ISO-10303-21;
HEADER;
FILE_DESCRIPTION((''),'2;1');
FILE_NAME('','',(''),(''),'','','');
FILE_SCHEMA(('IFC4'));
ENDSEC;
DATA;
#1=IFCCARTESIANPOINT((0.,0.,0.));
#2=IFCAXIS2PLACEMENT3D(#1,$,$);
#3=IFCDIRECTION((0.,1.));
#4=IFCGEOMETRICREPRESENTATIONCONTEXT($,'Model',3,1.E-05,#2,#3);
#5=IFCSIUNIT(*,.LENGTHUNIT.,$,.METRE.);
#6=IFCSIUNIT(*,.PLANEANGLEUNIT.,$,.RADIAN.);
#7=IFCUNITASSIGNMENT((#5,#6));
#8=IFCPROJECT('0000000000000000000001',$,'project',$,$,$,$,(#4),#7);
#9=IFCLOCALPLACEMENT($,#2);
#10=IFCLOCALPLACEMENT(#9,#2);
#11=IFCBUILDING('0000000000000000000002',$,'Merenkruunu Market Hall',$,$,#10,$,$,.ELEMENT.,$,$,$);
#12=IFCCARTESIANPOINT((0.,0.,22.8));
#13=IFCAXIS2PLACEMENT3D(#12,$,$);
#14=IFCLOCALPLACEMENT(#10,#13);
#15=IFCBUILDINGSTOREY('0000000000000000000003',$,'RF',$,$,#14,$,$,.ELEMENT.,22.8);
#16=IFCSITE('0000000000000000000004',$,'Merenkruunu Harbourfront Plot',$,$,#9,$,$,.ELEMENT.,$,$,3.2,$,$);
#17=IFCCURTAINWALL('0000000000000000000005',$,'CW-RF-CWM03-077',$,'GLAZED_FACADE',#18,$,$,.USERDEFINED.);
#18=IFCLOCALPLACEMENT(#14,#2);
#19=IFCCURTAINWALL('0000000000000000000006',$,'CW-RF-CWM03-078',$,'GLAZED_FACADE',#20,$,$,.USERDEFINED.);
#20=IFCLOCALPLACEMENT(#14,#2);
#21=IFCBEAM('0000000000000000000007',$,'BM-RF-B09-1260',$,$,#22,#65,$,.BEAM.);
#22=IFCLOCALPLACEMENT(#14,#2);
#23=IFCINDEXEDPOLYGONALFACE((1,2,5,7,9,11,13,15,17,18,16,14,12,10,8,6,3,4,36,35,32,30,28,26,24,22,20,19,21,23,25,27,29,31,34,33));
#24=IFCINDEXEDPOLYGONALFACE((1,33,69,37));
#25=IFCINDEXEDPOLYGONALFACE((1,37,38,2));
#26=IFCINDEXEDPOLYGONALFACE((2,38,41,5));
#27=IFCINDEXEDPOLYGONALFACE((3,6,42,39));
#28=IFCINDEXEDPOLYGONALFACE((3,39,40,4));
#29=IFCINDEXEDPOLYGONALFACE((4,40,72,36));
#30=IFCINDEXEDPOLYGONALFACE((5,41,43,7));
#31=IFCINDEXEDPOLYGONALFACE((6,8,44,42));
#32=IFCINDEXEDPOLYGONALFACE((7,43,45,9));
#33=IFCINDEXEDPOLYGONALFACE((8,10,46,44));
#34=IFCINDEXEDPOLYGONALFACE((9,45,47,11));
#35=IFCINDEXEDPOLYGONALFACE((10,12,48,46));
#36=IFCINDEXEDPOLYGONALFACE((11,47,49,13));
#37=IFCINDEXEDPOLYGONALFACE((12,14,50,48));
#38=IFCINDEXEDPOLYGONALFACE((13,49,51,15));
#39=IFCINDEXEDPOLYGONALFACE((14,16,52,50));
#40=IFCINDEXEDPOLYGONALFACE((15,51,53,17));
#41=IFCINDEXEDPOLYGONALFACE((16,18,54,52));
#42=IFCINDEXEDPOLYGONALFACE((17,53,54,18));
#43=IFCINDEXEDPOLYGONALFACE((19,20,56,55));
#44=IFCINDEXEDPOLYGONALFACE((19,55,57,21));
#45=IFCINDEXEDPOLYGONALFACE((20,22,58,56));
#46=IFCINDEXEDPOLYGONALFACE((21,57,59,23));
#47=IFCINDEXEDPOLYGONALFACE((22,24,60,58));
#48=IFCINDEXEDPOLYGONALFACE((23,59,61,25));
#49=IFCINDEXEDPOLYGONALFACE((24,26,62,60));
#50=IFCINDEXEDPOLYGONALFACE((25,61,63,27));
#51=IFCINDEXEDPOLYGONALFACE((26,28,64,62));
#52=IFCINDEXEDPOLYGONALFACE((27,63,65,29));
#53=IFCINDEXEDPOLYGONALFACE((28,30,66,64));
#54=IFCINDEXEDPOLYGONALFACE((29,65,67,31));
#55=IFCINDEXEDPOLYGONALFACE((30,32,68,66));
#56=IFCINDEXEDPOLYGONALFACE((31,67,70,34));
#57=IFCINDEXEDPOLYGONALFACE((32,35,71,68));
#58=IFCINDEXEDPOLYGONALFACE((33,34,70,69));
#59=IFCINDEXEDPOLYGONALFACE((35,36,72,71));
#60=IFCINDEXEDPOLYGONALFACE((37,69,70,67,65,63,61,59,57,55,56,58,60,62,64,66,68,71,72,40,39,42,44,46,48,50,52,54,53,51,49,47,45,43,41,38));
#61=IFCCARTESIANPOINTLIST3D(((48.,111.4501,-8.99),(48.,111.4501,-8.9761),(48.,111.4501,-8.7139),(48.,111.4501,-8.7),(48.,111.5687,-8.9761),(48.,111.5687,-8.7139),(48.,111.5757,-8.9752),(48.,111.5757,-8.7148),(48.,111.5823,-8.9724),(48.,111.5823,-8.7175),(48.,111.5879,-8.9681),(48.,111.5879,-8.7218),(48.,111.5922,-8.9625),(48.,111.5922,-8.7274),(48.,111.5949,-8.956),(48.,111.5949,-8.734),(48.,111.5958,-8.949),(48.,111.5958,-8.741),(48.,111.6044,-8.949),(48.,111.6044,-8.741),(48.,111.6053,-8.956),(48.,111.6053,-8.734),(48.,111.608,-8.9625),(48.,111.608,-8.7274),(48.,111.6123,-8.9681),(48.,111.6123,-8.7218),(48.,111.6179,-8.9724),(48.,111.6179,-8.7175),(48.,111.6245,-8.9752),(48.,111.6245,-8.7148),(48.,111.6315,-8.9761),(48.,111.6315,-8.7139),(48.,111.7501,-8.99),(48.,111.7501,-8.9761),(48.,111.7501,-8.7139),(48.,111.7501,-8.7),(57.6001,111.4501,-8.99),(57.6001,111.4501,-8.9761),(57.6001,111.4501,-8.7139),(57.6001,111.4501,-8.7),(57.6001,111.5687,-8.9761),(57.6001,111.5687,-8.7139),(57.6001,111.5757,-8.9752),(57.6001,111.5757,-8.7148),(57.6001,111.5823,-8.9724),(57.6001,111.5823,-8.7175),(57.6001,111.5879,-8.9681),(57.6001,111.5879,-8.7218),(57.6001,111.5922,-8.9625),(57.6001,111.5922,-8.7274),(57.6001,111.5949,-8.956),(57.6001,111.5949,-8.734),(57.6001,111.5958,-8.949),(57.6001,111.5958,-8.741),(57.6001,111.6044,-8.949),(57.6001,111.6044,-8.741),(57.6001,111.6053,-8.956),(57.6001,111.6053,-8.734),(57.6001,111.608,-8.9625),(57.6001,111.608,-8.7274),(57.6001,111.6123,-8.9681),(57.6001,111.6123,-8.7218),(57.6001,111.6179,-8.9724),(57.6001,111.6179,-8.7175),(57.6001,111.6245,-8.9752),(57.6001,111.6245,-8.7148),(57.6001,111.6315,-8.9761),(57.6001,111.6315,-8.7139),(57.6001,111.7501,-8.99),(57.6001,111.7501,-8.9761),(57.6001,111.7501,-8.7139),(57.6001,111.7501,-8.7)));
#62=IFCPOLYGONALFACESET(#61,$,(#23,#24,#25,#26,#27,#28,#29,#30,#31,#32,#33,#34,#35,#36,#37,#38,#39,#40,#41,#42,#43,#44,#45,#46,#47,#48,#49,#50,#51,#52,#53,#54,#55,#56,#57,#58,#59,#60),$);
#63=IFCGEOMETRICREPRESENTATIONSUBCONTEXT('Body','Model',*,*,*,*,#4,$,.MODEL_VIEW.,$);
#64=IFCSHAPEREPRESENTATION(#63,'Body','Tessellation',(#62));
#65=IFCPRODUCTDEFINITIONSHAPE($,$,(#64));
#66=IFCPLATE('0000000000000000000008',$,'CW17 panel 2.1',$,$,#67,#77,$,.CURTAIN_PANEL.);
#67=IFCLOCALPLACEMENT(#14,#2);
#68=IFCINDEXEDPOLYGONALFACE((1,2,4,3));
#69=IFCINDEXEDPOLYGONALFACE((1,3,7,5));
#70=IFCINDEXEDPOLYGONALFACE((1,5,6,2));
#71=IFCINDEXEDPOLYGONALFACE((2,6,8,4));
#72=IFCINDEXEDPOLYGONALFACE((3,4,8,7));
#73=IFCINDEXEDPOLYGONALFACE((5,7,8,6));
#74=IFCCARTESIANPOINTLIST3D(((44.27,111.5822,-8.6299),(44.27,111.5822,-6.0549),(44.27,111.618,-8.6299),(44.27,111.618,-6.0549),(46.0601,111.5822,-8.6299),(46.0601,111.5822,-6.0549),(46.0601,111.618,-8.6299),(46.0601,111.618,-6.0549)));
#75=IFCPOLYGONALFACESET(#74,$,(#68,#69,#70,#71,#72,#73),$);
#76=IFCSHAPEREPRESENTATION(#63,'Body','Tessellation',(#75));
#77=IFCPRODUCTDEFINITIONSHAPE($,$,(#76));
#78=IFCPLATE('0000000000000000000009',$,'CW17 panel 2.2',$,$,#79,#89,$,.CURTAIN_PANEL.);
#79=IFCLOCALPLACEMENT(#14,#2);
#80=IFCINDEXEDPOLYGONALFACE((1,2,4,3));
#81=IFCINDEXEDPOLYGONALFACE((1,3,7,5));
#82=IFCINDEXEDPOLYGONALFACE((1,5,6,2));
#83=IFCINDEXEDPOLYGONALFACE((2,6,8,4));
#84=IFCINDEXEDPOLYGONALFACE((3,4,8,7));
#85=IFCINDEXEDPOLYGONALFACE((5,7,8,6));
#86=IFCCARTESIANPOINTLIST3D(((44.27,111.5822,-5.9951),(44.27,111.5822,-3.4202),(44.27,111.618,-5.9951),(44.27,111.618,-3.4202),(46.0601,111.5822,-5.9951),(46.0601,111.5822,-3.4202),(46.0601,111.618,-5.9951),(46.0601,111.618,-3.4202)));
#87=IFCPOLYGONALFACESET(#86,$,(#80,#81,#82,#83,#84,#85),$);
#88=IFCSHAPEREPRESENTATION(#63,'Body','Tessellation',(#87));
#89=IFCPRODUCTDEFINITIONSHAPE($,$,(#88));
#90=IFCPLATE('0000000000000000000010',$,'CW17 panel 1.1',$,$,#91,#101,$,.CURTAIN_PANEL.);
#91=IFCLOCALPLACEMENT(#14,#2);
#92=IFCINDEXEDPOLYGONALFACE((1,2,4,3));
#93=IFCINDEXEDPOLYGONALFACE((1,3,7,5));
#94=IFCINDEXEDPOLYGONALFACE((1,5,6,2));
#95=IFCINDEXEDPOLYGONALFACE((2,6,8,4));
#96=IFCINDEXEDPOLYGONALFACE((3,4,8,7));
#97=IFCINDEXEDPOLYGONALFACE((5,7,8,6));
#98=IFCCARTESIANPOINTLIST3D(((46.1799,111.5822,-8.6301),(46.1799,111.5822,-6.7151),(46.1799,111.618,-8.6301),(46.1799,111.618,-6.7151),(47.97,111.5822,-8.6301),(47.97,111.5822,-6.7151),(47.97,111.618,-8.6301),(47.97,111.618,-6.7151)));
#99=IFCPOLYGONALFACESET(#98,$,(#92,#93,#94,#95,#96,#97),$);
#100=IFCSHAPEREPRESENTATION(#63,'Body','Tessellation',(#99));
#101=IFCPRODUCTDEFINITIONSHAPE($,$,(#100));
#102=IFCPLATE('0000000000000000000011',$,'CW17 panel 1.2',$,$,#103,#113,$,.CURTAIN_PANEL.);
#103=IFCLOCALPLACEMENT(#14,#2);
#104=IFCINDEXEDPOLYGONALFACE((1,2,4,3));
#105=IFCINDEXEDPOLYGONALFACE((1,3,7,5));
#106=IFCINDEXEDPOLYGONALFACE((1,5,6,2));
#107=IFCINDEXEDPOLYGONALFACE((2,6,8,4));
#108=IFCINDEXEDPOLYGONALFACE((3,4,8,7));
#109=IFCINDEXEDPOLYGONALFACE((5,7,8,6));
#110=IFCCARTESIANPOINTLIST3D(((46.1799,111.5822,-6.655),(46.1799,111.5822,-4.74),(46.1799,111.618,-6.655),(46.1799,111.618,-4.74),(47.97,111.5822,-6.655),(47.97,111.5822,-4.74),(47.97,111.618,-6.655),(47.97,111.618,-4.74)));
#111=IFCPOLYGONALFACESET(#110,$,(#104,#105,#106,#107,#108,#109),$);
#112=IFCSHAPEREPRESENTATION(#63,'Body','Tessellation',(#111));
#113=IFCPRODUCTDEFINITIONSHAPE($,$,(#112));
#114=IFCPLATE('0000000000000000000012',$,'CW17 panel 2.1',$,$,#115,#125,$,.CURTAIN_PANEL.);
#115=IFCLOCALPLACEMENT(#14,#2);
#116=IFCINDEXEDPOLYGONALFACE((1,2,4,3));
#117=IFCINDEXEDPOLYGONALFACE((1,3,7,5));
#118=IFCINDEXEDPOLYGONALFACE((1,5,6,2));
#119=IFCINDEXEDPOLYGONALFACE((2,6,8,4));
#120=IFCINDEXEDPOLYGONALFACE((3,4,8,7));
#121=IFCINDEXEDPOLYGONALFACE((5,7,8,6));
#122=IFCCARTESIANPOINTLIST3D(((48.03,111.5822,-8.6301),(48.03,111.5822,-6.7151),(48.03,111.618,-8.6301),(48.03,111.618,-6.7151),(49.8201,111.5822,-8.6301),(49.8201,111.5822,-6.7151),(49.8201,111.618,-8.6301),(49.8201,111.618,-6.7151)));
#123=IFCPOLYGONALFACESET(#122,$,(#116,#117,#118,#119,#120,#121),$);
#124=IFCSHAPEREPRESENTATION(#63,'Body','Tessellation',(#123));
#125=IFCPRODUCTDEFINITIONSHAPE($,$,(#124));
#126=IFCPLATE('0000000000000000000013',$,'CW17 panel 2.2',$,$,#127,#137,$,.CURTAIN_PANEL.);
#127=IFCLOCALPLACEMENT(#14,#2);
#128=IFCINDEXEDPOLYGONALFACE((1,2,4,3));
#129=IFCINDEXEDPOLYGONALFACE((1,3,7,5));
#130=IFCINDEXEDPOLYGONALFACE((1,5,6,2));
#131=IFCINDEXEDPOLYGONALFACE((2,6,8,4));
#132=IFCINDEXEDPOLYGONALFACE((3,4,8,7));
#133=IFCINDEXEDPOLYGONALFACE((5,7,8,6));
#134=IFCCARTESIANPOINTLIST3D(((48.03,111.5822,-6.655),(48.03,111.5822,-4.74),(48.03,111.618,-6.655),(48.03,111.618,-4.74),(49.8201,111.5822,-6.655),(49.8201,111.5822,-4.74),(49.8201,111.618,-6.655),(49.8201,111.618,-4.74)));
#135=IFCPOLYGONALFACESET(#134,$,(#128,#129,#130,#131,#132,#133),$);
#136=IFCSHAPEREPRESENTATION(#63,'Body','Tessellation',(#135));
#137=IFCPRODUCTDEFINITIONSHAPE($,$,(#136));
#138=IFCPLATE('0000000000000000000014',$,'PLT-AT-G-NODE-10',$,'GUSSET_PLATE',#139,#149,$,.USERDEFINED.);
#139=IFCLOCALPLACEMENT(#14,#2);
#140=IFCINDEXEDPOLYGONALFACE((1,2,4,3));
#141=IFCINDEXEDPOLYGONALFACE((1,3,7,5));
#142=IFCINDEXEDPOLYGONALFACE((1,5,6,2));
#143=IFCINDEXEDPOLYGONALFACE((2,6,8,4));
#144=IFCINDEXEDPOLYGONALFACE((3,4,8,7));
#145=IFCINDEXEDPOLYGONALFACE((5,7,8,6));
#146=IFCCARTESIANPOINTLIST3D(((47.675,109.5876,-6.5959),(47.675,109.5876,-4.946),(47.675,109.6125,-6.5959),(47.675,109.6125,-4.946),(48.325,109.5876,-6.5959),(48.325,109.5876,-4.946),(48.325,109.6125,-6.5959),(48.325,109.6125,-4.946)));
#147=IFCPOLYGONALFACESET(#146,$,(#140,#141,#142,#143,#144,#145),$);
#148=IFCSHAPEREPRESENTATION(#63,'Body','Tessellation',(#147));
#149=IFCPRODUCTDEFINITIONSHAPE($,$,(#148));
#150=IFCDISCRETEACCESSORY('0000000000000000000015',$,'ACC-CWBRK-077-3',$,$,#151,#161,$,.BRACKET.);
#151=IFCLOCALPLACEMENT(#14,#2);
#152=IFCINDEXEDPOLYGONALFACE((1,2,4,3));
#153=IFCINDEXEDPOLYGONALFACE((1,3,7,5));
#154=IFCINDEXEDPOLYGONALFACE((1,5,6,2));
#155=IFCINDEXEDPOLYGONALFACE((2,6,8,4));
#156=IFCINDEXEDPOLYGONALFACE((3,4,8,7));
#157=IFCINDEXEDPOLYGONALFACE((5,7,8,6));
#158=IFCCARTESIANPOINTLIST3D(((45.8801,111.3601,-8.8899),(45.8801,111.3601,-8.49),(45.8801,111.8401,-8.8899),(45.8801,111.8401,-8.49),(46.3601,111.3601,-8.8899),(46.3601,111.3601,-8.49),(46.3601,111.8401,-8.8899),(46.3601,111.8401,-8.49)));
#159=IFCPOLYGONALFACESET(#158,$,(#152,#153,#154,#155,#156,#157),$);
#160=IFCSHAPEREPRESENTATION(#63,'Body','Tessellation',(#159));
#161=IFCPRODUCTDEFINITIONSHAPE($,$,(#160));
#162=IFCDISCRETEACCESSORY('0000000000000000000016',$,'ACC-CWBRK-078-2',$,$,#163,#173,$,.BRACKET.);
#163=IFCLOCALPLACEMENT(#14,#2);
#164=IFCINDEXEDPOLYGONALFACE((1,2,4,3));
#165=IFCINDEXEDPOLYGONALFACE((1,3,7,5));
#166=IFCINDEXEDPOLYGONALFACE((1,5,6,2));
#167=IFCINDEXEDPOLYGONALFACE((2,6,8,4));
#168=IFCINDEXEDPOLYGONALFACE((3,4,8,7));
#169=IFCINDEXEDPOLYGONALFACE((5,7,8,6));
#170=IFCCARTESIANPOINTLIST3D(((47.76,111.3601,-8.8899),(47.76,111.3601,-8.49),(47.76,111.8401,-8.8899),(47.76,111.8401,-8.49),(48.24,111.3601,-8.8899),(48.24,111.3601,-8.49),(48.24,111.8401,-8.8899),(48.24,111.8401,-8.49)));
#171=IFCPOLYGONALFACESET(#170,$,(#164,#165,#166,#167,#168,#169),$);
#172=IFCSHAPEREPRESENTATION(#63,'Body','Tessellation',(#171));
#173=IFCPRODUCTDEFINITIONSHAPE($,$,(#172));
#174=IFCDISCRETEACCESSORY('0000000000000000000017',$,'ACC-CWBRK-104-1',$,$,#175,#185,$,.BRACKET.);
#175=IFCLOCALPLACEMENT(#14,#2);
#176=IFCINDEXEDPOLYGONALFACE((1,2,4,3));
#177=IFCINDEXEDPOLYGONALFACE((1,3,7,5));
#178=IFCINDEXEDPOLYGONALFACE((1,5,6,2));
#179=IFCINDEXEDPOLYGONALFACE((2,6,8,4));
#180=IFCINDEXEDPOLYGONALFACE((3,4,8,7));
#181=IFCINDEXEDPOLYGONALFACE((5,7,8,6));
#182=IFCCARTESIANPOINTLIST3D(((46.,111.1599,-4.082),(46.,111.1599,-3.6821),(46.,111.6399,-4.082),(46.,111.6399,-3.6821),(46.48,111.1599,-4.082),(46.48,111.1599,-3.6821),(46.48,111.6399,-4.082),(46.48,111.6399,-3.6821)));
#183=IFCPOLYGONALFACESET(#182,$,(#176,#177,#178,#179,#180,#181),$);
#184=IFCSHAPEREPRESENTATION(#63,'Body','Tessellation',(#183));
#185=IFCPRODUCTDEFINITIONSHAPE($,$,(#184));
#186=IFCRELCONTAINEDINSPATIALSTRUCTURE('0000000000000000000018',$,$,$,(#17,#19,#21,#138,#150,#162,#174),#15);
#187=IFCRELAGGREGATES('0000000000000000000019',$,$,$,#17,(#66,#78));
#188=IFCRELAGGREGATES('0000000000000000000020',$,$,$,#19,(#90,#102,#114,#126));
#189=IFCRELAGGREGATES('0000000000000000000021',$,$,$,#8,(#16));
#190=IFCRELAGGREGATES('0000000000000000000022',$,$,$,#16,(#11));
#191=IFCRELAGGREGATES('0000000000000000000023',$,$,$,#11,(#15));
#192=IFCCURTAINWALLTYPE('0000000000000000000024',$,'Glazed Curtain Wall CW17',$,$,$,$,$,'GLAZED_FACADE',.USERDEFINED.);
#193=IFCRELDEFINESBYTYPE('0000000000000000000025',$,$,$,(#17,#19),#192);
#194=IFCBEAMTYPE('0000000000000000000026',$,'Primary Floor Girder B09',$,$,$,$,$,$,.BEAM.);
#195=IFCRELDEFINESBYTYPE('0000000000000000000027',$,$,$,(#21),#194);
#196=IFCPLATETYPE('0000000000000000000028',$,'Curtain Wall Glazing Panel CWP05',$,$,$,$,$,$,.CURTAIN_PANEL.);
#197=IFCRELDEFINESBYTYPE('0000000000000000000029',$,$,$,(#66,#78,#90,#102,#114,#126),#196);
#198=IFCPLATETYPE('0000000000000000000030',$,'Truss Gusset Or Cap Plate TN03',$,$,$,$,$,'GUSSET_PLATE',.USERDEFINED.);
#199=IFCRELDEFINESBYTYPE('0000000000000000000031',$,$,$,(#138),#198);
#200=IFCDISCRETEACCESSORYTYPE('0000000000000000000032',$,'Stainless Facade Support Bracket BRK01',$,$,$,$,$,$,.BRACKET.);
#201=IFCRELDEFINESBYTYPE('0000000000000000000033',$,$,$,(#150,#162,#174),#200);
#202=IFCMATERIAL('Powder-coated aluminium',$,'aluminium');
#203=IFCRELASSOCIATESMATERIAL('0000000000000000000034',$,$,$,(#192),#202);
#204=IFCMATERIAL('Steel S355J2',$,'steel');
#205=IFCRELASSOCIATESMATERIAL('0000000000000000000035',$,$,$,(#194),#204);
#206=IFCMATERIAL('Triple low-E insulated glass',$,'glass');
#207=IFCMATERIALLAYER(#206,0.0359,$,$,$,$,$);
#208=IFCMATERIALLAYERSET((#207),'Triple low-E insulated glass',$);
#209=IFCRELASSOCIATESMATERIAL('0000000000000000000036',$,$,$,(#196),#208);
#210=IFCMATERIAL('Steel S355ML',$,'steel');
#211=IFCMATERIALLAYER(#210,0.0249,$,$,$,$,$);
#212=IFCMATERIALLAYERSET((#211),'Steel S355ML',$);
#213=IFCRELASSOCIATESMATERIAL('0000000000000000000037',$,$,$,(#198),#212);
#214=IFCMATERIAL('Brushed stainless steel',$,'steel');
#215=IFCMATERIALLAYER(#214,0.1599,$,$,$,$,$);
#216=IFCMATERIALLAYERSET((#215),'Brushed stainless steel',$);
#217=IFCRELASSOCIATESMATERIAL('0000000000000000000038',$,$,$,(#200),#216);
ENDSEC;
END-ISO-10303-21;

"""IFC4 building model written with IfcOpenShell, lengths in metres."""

from ifc_helpers import new_model, si_unit, direction, frame, origin, origin_2d, place, context, subcontext, project, spatial, rectangle, i_section, extrude, material, layer, layer_set, material_profile, profile_set, type_object, element, aggregate, save


model = new_model("IFC4")

# Units and contexts
model_context = context("Model", 3, precision=1e-05, world=origin(), true_north=direction((0.0, 1.0)))
body_context = subcontext(model_context, "Body", "Model", "MODEL_VIEW")
ifc_project = project(units=[si_unit("LENGTHUNIT", "METRE"), si_unit("PLANEANGLEUNIT", "RADIAN")], contexts=[model_context])

# Site, building, storey
site_placement = place(None, origin())
site = spatial("IfcSite", under=ifc_project, at=site_placement, Name="Merenkruunu Harbourfront Plot", CompositionType="ELEMENT", RefElevation=3.2)
building_placement = place(site_placement, origin())
building = spatial("IfcBuilding", under=site, at=building_placement, Name="Merenkruunu Market Hall", CompositionType="ELEMENT")
storey_placement = place(building_placement, frame((0.0, 0.0, 22.8)))
storey = spatial("IfcBuildingStorey", under=building, at=storey_placement, Name="RF", CompositionType="ELEMENT", Elevation=22.8)

# Shared definitions
ifc_material_1 = material(Name="Steel S355ML", Category="steel")

# Curtain wall
ifc_material_2 = material(Name="Powder-coated aluminium", Category="aluminium")
curtain_wall_type_1 = type_object("IfcCurtainWallType", Name="Glazed Curtain Wall CW17", ElementType="GLAZED_FACADE", PredefinedType="USERDEFINED", material=ifc_material_2)
curtain_wall_1_placement = place(storey_placement, origin())
curtain_wall_1 = element("IfcCurtainWall", 1, at=curtain_wall_1_placement, inside=storey, type_object=curtain_wall_type_1, Name="CW-RF-CWM03-077", ObjectType="GLAZED_FACADE", PredefinedType="USERDEFINED")

# Curtain wall
curtain_wall_2_placement = place(storey_placement, origin())
curtain_wall_2 = element("IfcCurtainWall", 2, at=curtain_wall_2_placement, inside=storey, type_object=curtain_wall_type_1, Name="CW-RF-CWM03-078", ObjectType="GLAZED_FACADE", PredefinedType="USERDEFINED")

# Shared definitions
ifc_material_3 = material(Name="Steel S355J2", Category="steel")

# Beam
ifc_material_profile_1 = material_profile(ifc_material_3, i_section(OverallWidth=0.3, OverallDepth=0.29, WebThickness=0.0085, FlangeThickness=0.0139, FilletRadius=0.0271, at=origin_2d()), Name="HEA 300")
ifc_profile_set_1 = profile_set([ifc_material_profile_1], Name="Steel S355J2")
beam_type = type_object("IfcBeamType", Name="Primary Floor Girder B09", PredefinedType="BEAM", material=ifc_profile_set_1)
beam_placement = place(storey_placement, frame((48.0, 111.6001, -8.845), z_axis=(1.0, 0.0, 0.0), x_axis=(0.0, 1.0, 0.0)))
element("IfcBeam", 3, at=beam_placement, inside=storey, type_object=beam_type, Name="BM-RF-B09-1260", PredefinedType="BEAM", context=body_context, shape_type="SweptSolid", body=[
    extrude(i_section(OverallWidth=0.3, OverallDepth=0.29, WebThickness=0.0085, FlangeThickness=0.0139, FilletRadius=0.0271, at=origin_2d()), origin(), (0.0, 0.0, 1.0), 9.6001),
])

# Plates
ifc_material_4 = material(Name="Triple low-E insulated glass", Category="glass")
ifc_layer_1 = layer(ifc_material_4, 0.0359)
ifc_layer_set_1 = layer_set([ifc_layer_1], Name="Triple low-E insulated glass")
plate_type_1 = type_object("IfcPlateType", Name="Curtain Wall Glazing Panel CWP05", PredefinedType="CURTAIN_PANEL", material=ifc_layer_set_1)
plate_1_placement = place(storey_placement, frame((45.165, 111.6001, -8.6299), z_axis=(0.0, 0.0, 1.0), x_axis=(1.0, 0.0, 0.0)))
plate_1 = element("IfcPlate", 4, at=plate_1_placement, type_object=plate_type_1, Name="CW17 panel 2.1", PredefinedType="CURTAIN_PANEL", context=body_context, shape_type="SweptSolid", body=[
    extrude(rectangle(XDim=1.79, YDim=0.0359, at=origin_2d()), origin(), (0.0, 0.0, 1.0), 2.575),
])
plate_2_placement = place(storey_placement, frame((45.165, 111.6001, -5.9951), z_axis=(0.0, 0.0, 1.0), x_axis=(1.0, 0.0, 0.0)))
plate_2 = element("IfcPlate", 5, at=plate_2_placement, type_object=plate_type_1, Name="CW17 panel 2.2", PredefinedType="CURTAIN_PANEL", context=body_context, shape_type="SweptSolid", body=[
    extrude(rectangle(XDim=1.79, YDim=0.0359, at=origin_2d()), origin(), (0.0, 0.0, 1.0), 2.575),
])
aggregate(curtain_wall_1, [plate_1, plate_2])
plate_3_placement = place(storey_placement, frame((47.075, 111.6001, -8.6301), z_axis=(0.0, 0.0, 1.0), x_axis=(1.0, 0.0, 0.0)))
plate_3 = element("IfcPlate", 6, at=plate_3_placement, type_object=plate_type_1, Name="CW17 panel 1.1", PredefinedType="CURTAIN_PANEL", context=body_context, shape_type="SweptSolid", body=[
    extrude(rectangle(XDim=1.79, YDim=0.0359, at=origin_2d()), origin(), (0.0, 0.0, 1.0), 1.915),
])
plate_4_placement = place(storey_placement, frame((47.075, 111.6001, -6.655), z_axis=(0.0, 0.0, 1.0), x_axis=(1.0, 0.0, 0.0)))
plate_4 = element("IfcPlate", 7, at=plate_4_placement, type_object=plate_type_1, Name="CW17 panel 1.2", PredefinedType="CURTAIN_PANEL", context=body_context, shape_type="SweptSolid", body=[
    extrude(rectangle(XDim=1.79, YDim=0.0359, at=origin_2d()), origin(), (0.0, 0.0, 1.0), 1.915),
])
plate_5_placement = place(storey_placement, frame((48.925, 111.6001, -8.6301), z_axis=(0.0, 0.0, 1.0), x_axis=(1.0, 0.0, 0.0)))
plate_5 = element("IfcPlate", 8, at=plate_5_placement, type_object=plate_type_1, Name="CW17 panel 2.1", PredefinedType="CURTAIN_PANEL", context=body_context, shape_type="SweptSolid", body=[
    extrude(rectangle(XDim=1.79, YDim=0.0359, at=origin_2d()), origin(), (0.0, 0.0, 1.0), 1.915),
])
plate_6_placement = place(storey_placement, frame((48.925, 111.6001, -6.655), z_axis=(0.0, 0.0, 1.0), x_axis=(1.0, 0.0, 0.0)))
plate_6 = element("IfcPlate", 9, at=plate_6_placement, type_object=plate_type_1, Name="CW17 panel 2.2", PredefinedType="CURTAIN_PANEL", context=body_context, shape_type="SweptSolid", body=[
    extrude(rectangle(XDim=1.79, YDim=0.0359, at=origin_2d()), origin(), (0.0, 0.0, 1.0), 1.915),
])
aggregate(curtain_wall_2, [plate_3, plate_4, plate_5, plate_6])
ifc_layer_2 = layer(ifc_material_1, 0.0249)
ifc_layer_set_2 = layer_set([ifc_layer_2], Name="Steel S355ML")
plate_type_2 = type_object("IfcPlateType", Name="Truss Gusset Or Cap Plate TN03", ElementType="GUSSET_PLATE", PredefinedType="USERDEFINED", material=ifc_layer_set_2)
plate_7_placement = place(storey_placement, frame((48.0, 109.6001, -6.5959), z_axis=(0.0, 0.0, 1.0), x_axis=(1.0, 0.0, 0.0)))
element("IfcPlate", 10, at=plate_7_placement, inside=storey, type_object=plate_type_2, Name="PLT-AT-G-NODE-10", ObjectType="GUSSET_PLATE", PredefinedType="USERDEFINED", context=body_context, shape_type="SweptSolid", body=[
    extrude(rectangle(XDim=0.6499, YDim=0.0249, at=origin_2d()), origin(), (0.0, 0.0, 1.0), 1.6499),
])

# Discrete accessories
ifc_material_5 = material(Name="Brushed stainless steel", Category="steel")
ifc_layer_3 = layer(ifc_material_5, 0.1599)
ifc_layer_set_3 = layer_set([ifc_layer_3], Name="Brushed stainless steel")
discrete_accessory_type = type_object("IfcDiscreteAccessoryType", Name="Stainless Facade Support Bracket BRK01", PredefinedType="BRACKET", material=ifc_layer_set_3)
for number, where, z_axis, x_axis, name in (
    (11, (46.1201, 111.6001, -8.8899), (0.0, 0.0, 1.0), (1.0, 0.0, 0.0), "ACC-CWBRK-077-3"),
    (12, (48.0, 111.6001, -8.8899), (0.0, 0.0, 1.0), (1.0, 0.0, 0.0), "ACC-CWBRK-078-2"),
    (13, (46.24, 111.3999, -4.082), (0.0, 0.0, 1.0), (1.0, 0.0, 0.0), "ACC-CWBRK-104-1"),
):
    element("IfcDiscreteAccessory", number, at=place(storey_placement, frame(where, z_axis=z_axis, x_axis=x_axis)), inside=storey, type_object=discrete_accessory_type, Name=name, PredefinedType="BRACKET", context=body_context, shape_type="SweptSolid", body=[
        extrude(rectangle(XDim=0.48, YDim=0.48, at=origin_2d()), origin(), (0.0, 0.0, 1.0), 0.3999),
    ])

save(model, "model.ifc")
